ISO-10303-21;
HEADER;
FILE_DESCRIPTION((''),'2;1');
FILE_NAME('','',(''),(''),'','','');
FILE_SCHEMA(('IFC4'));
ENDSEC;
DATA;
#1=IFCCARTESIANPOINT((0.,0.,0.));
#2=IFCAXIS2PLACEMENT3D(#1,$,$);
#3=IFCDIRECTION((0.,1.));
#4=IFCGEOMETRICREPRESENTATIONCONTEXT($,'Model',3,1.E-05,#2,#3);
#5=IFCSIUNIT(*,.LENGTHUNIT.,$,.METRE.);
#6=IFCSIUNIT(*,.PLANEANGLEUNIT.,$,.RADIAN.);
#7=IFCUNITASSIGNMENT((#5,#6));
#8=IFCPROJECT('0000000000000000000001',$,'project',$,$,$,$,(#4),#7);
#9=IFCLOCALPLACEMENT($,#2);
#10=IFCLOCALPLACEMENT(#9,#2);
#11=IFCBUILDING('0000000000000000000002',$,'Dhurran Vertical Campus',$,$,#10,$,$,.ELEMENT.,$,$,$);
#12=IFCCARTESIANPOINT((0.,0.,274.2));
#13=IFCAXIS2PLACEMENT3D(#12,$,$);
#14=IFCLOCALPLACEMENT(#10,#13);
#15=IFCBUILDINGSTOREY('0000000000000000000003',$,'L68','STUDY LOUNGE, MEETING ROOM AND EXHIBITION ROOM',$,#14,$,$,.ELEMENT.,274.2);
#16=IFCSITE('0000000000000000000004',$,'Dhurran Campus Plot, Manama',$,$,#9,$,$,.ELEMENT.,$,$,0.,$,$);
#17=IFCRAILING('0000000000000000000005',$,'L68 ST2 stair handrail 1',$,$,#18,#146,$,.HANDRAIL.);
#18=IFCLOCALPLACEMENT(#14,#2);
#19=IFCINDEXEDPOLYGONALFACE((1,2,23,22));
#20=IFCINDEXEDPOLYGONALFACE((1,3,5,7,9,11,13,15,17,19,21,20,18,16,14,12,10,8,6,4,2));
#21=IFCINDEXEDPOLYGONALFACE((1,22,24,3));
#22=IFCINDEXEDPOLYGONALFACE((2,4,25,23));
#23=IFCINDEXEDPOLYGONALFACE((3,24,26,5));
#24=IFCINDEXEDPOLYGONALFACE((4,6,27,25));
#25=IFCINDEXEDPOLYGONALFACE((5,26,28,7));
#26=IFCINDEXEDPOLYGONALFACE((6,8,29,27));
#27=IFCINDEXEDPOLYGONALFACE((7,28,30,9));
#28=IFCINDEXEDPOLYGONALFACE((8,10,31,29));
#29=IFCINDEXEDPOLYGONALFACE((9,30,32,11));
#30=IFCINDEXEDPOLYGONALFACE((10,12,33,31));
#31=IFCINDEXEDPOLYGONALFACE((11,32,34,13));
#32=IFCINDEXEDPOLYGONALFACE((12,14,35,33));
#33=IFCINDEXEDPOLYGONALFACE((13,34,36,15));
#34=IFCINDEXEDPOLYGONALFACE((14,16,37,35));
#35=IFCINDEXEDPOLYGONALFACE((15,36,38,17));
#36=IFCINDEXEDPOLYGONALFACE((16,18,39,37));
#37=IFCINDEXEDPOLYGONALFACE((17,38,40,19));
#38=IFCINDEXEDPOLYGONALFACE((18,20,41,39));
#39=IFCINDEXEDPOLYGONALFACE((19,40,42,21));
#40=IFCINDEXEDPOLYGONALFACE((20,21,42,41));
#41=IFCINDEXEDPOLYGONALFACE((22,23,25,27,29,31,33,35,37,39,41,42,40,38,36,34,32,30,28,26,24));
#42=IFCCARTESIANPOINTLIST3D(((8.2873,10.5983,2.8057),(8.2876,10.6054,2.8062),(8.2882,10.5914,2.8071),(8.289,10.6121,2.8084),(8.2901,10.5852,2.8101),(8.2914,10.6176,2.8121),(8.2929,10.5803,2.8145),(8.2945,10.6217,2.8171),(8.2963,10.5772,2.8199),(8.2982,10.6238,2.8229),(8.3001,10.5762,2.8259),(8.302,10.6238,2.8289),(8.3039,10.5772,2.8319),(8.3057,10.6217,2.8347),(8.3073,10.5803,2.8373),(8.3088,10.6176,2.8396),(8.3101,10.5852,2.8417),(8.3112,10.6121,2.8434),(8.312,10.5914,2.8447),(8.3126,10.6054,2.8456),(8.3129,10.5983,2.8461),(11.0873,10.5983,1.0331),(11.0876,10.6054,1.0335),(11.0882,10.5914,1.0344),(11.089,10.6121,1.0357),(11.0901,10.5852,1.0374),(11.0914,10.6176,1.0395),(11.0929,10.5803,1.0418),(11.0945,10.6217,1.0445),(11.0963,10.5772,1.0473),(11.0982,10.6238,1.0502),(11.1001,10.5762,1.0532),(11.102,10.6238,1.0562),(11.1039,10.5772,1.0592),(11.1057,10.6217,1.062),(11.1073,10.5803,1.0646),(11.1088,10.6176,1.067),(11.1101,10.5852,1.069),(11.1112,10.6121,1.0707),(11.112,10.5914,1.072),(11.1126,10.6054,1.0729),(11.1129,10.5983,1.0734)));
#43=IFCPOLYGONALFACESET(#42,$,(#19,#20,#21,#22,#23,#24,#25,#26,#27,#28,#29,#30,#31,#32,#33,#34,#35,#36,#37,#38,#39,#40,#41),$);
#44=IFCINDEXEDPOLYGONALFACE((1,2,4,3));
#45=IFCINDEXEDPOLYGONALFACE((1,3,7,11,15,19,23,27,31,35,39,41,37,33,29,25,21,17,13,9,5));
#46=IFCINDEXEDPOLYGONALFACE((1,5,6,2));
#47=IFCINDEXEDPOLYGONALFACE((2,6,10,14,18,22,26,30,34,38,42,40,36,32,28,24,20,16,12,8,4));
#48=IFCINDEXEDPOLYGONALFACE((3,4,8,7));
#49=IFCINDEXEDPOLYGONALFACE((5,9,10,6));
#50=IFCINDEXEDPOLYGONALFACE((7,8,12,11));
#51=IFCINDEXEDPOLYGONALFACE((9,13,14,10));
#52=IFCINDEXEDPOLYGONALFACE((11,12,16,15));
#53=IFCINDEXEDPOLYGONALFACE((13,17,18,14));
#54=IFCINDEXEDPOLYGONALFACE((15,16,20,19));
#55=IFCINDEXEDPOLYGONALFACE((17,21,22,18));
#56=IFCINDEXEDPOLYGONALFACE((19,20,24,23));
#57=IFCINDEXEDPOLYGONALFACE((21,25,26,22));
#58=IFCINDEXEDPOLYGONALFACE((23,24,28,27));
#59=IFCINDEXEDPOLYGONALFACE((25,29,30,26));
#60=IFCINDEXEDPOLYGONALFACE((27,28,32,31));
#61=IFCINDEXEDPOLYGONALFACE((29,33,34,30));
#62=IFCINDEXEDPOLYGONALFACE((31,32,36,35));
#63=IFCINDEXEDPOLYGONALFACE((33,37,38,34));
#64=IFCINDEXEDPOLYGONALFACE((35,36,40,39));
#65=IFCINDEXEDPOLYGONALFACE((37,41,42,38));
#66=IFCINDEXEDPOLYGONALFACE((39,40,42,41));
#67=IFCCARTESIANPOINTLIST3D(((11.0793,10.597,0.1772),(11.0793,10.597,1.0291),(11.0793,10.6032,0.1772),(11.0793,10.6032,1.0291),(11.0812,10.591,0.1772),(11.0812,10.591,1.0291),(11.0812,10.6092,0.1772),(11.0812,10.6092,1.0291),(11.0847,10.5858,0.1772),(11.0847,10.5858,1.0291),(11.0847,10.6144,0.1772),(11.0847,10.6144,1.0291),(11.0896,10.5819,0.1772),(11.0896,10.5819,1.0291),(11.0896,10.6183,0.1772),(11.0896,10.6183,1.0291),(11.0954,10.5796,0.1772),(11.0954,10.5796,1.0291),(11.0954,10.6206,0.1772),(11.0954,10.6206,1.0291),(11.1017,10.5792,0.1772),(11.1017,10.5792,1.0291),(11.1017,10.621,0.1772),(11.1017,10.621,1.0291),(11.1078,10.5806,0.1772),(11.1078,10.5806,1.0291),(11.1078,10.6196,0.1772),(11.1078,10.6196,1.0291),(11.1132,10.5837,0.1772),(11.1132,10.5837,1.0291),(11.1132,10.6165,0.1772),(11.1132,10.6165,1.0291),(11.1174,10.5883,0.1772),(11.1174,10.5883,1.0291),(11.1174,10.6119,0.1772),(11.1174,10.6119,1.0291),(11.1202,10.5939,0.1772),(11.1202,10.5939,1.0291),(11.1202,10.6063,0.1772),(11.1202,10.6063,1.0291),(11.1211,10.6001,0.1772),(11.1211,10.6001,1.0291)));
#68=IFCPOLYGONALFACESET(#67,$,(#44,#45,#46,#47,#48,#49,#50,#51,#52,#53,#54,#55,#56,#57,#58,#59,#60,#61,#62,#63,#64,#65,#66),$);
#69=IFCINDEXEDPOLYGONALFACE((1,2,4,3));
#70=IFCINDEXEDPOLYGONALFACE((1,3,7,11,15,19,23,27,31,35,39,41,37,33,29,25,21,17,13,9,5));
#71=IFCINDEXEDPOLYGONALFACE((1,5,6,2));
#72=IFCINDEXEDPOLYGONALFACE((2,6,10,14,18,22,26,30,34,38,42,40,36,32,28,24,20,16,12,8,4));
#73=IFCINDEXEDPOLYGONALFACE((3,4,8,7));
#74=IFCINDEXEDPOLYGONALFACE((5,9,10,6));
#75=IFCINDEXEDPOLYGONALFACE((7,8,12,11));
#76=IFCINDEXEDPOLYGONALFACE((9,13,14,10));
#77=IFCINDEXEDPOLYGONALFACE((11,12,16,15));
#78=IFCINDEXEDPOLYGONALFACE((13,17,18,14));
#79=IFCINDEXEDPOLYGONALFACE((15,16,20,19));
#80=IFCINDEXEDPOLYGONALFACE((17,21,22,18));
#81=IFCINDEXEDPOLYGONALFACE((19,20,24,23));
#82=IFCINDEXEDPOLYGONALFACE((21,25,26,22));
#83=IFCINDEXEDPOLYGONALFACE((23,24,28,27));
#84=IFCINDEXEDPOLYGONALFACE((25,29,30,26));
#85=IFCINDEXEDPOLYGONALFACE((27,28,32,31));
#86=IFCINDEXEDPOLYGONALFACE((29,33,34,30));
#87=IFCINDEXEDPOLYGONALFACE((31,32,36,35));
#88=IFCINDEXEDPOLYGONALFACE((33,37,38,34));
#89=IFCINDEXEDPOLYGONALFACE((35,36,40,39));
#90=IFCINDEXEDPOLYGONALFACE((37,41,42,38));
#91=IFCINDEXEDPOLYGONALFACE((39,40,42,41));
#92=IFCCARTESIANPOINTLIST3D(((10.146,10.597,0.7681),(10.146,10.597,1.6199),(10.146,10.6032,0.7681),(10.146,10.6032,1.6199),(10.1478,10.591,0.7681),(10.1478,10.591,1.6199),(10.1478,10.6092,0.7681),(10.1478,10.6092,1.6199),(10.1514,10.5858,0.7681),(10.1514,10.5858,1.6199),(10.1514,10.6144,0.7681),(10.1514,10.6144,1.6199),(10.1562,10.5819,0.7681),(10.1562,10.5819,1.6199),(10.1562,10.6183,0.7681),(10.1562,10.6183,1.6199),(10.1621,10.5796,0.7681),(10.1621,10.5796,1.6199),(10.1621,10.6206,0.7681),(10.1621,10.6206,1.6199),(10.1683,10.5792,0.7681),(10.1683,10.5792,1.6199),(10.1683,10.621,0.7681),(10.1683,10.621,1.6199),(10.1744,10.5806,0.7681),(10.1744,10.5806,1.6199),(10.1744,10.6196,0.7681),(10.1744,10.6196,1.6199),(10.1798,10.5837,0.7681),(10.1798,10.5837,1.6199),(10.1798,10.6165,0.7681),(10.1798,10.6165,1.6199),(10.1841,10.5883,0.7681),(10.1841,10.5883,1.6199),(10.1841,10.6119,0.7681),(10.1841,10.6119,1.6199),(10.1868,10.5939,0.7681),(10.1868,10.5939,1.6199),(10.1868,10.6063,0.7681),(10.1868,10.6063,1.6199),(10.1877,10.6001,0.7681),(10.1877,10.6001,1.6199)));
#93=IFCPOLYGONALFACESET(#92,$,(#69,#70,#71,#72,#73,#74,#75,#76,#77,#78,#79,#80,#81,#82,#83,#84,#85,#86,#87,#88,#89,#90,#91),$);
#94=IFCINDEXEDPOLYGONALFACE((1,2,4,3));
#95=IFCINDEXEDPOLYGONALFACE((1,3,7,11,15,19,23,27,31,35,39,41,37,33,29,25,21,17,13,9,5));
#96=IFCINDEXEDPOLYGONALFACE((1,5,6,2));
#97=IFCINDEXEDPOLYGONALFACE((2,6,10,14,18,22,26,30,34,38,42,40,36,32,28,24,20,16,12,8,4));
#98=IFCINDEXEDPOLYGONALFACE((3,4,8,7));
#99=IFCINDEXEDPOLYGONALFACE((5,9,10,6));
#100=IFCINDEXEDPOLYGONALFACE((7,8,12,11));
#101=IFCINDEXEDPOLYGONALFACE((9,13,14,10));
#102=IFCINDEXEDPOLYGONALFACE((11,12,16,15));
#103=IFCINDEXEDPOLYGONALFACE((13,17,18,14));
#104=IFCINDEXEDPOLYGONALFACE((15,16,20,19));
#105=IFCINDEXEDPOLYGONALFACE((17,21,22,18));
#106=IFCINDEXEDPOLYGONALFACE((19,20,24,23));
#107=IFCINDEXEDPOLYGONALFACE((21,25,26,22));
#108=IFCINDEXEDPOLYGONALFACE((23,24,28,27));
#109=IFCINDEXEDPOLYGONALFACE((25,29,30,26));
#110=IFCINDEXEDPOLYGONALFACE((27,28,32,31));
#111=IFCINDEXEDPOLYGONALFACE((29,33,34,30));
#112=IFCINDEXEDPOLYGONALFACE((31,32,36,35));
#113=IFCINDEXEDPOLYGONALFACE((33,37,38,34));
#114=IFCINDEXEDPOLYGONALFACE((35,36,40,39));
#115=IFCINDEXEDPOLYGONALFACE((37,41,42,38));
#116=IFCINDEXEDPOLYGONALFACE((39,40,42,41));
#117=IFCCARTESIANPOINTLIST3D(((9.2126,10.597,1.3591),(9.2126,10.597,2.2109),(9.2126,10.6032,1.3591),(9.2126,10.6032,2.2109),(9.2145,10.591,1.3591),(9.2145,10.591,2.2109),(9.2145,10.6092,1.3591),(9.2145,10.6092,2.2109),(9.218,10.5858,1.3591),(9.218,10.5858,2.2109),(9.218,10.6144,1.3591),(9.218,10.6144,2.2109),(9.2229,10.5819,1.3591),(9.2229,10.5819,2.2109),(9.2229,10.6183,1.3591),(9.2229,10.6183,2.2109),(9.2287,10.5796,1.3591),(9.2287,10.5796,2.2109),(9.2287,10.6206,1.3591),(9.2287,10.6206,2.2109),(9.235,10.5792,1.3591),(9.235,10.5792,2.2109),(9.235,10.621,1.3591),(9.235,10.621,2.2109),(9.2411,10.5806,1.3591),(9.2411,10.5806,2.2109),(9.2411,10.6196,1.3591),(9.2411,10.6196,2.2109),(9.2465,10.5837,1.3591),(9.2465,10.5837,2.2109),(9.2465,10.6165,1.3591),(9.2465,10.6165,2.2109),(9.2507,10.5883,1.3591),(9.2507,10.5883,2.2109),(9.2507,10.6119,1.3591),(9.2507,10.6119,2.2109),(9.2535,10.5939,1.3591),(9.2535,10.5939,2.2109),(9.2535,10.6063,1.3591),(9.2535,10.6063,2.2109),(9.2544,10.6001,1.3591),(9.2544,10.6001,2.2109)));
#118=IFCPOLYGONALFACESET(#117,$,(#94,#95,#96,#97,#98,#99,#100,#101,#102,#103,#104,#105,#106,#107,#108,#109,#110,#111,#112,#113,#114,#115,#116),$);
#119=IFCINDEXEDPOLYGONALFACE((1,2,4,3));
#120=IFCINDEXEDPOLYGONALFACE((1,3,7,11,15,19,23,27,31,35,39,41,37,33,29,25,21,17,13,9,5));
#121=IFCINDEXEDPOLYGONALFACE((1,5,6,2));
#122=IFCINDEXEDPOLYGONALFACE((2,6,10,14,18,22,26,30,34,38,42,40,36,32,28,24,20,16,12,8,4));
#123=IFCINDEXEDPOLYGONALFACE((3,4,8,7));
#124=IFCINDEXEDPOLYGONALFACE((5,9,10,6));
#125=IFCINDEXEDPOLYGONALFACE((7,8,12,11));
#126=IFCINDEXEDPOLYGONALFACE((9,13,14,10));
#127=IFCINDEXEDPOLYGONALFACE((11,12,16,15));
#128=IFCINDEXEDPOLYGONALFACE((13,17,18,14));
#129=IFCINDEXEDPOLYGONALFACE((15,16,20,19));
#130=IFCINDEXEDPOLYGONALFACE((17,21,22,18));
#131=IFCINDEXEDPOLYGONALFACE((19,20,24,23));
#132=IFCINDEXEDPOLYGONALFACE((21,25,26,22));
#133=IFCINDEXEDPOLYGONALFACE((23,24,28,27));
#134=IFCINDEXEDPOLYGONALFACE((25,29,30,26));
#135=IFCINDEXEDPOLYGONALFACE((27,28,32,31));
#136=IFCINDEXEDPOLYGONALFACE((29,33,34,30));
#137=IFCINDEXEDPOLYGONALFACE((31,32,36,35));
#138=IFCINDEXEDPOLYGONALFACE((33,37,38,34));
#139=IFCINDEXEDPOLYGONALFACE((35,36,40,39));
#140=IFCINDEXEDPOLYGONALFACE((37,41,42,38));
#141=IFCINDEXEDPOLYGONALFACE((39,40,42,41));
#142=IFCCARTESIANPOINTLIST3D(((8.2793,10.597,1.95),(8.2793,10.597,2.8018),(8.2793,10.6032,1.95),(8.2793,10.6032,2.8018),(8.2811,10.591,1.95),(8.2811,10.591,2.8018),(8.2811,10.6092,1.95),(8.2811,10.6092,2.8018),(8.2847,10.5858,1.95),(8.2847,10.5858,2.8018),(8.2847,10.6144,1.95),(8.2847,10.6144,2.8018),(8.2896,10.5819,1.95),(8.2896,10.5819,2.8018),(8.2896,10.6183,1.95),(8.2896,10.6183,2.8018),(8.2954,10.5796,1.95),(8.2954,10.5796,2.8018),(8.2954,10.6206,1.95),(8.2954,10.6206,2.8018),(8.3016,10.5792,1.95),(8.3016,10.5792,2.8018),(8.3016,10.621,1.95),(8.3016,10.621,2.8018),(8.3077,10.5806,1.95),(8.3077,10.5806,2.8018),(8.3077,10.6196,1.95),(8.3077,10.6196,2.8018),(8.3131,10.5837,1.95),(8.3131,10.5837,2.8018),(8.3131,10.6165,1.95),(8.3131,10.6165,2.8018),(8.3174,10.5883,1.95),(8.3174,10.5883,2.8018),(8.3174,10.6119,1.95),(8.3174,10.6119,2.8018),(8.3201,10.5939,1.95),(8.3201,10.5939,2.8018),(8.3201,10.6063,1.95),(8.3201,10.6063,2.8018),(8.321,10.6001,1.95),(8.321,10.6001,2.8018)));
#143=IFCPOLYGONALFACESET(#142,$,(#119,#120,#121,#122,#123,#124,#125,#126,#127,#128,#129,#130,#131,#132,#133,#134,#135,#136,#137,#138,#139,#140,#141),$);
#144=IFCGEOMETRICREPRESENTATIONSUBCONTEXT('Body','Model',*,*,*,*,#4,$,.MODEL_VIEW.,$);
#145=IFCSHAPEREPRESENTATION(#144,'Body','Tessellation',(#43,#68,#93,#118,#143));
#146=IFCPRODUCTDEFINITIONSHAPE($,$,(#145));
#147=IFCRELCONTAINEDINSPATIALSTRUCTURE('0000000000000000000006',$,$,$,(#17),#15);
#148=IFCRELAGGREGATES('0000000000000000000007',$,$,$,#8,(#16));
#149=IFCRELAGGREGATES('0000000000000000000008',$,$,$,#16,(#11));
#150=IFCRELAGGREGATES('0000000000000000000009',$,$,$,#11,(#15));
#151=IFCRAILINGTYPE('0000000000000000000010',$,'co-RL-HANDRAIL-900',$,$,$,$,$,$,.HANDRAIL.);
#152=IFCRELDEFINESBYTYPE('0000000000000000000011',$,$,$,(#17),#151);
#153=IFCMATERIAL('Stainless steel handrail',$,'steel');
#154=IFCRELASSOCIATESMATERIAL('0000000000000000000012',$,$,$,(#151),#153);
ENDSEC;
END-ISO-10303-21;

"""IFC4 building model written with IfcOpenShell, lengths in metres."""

from ifc_helpers import new_model, si_unit, direction, frame, origin, origin_2d, place, context, subcontext, project, spatial, circle, extrude, material, type_object, element, save


model = new_model("IFC4")

# Units and contexts
model_context = context("Model", 3, precision=1e-05, world=origin(), true_north=direction((0.0, 1.0)))
body_context = subcontext(model_context, "Body", "Model", "MODEL_VIEW")
ifc_project = project(units=[si_unit("LENGTHUNIT", "METRE"), si_unit("PLANEANGLEUNIT", "RADIAN")], contexts=[model_context])

# Site, building, storey
site_placement = place(None, origin())
site = spatial("IfcSite", under=ifc_project, at=site_placement, Name="Dhurran Campus Plot, Manama", CompositionType="ELEMENT", RefElevation=0.0)
building_placement = place(site_placement, origin())
building = spatial("IfcBuilding", under=site, at=building_placement, Name="Dhurran Vertical Campus", CompositionType="ELEMENT")
storey_placement = place(building_placement, frame((0.0, 0.0, 274.2)))
storey = spatial("IfcBuildingStorey", under=building, at=storey_placement, Name="L68", Description="STUDY LOUNGE, MEETING ROOM AND EXHIBITION ROOM", CompositionType="ELEMENT", Elevation=274.2)

# Railing
ifc_material_1 = material(Name="Stainless steel handrail", Category="steel")
railing_type = type_object("IfcRailingType", Name="co-RL-HANDRAIL-900", PredefinedType="HANDRAIL", material=ifc_material_1)
railing_placement = place(storey_placement, frame((11.1001, 10.6001, 0.1772)))
element("IfcRailing", 1, at=railing_placement, inside=storey, type_object=railing_type, Name="L68 ST2 stair handrail 1", PredefinedType="HANDRAIL", context=body_context, shape_type="SweptSolid", body=[
    extrude(circle(Radius=0.0239, at=origin_2d()), frame((0.0, 0.0, 0.876), z_axis=(-0.844909, 0.0, 0.53491), x_axis=(0.0, -1.0, 0.0)), (0.0, 0.0, 1.0), 3.314),
    extrude(circle(Radius=0.021, at=origin_2d()), origin(), (0.0, 0.0, 1.0), 0.8518),
    extrude(circle(Radius=0.021, at=origin_2d()), frame((-0.9333, 0.0, 0.5908)), (0.0, 0.0, 1.0), 0.8518),
    extrude(circle(Radius=0.021, at=origin_2d()), frame((-1.8667, 0.0, 1.1819)), (0.0, 0.0, 1.0), 0.8518),
    extrude(circle(Radius=0.021, at=origin_2d()), frame((-2.8, 0.0, 1.7727)), (0.0, 0.0, 1.0), 0.8518),
])

save(model, "model.ifc")
